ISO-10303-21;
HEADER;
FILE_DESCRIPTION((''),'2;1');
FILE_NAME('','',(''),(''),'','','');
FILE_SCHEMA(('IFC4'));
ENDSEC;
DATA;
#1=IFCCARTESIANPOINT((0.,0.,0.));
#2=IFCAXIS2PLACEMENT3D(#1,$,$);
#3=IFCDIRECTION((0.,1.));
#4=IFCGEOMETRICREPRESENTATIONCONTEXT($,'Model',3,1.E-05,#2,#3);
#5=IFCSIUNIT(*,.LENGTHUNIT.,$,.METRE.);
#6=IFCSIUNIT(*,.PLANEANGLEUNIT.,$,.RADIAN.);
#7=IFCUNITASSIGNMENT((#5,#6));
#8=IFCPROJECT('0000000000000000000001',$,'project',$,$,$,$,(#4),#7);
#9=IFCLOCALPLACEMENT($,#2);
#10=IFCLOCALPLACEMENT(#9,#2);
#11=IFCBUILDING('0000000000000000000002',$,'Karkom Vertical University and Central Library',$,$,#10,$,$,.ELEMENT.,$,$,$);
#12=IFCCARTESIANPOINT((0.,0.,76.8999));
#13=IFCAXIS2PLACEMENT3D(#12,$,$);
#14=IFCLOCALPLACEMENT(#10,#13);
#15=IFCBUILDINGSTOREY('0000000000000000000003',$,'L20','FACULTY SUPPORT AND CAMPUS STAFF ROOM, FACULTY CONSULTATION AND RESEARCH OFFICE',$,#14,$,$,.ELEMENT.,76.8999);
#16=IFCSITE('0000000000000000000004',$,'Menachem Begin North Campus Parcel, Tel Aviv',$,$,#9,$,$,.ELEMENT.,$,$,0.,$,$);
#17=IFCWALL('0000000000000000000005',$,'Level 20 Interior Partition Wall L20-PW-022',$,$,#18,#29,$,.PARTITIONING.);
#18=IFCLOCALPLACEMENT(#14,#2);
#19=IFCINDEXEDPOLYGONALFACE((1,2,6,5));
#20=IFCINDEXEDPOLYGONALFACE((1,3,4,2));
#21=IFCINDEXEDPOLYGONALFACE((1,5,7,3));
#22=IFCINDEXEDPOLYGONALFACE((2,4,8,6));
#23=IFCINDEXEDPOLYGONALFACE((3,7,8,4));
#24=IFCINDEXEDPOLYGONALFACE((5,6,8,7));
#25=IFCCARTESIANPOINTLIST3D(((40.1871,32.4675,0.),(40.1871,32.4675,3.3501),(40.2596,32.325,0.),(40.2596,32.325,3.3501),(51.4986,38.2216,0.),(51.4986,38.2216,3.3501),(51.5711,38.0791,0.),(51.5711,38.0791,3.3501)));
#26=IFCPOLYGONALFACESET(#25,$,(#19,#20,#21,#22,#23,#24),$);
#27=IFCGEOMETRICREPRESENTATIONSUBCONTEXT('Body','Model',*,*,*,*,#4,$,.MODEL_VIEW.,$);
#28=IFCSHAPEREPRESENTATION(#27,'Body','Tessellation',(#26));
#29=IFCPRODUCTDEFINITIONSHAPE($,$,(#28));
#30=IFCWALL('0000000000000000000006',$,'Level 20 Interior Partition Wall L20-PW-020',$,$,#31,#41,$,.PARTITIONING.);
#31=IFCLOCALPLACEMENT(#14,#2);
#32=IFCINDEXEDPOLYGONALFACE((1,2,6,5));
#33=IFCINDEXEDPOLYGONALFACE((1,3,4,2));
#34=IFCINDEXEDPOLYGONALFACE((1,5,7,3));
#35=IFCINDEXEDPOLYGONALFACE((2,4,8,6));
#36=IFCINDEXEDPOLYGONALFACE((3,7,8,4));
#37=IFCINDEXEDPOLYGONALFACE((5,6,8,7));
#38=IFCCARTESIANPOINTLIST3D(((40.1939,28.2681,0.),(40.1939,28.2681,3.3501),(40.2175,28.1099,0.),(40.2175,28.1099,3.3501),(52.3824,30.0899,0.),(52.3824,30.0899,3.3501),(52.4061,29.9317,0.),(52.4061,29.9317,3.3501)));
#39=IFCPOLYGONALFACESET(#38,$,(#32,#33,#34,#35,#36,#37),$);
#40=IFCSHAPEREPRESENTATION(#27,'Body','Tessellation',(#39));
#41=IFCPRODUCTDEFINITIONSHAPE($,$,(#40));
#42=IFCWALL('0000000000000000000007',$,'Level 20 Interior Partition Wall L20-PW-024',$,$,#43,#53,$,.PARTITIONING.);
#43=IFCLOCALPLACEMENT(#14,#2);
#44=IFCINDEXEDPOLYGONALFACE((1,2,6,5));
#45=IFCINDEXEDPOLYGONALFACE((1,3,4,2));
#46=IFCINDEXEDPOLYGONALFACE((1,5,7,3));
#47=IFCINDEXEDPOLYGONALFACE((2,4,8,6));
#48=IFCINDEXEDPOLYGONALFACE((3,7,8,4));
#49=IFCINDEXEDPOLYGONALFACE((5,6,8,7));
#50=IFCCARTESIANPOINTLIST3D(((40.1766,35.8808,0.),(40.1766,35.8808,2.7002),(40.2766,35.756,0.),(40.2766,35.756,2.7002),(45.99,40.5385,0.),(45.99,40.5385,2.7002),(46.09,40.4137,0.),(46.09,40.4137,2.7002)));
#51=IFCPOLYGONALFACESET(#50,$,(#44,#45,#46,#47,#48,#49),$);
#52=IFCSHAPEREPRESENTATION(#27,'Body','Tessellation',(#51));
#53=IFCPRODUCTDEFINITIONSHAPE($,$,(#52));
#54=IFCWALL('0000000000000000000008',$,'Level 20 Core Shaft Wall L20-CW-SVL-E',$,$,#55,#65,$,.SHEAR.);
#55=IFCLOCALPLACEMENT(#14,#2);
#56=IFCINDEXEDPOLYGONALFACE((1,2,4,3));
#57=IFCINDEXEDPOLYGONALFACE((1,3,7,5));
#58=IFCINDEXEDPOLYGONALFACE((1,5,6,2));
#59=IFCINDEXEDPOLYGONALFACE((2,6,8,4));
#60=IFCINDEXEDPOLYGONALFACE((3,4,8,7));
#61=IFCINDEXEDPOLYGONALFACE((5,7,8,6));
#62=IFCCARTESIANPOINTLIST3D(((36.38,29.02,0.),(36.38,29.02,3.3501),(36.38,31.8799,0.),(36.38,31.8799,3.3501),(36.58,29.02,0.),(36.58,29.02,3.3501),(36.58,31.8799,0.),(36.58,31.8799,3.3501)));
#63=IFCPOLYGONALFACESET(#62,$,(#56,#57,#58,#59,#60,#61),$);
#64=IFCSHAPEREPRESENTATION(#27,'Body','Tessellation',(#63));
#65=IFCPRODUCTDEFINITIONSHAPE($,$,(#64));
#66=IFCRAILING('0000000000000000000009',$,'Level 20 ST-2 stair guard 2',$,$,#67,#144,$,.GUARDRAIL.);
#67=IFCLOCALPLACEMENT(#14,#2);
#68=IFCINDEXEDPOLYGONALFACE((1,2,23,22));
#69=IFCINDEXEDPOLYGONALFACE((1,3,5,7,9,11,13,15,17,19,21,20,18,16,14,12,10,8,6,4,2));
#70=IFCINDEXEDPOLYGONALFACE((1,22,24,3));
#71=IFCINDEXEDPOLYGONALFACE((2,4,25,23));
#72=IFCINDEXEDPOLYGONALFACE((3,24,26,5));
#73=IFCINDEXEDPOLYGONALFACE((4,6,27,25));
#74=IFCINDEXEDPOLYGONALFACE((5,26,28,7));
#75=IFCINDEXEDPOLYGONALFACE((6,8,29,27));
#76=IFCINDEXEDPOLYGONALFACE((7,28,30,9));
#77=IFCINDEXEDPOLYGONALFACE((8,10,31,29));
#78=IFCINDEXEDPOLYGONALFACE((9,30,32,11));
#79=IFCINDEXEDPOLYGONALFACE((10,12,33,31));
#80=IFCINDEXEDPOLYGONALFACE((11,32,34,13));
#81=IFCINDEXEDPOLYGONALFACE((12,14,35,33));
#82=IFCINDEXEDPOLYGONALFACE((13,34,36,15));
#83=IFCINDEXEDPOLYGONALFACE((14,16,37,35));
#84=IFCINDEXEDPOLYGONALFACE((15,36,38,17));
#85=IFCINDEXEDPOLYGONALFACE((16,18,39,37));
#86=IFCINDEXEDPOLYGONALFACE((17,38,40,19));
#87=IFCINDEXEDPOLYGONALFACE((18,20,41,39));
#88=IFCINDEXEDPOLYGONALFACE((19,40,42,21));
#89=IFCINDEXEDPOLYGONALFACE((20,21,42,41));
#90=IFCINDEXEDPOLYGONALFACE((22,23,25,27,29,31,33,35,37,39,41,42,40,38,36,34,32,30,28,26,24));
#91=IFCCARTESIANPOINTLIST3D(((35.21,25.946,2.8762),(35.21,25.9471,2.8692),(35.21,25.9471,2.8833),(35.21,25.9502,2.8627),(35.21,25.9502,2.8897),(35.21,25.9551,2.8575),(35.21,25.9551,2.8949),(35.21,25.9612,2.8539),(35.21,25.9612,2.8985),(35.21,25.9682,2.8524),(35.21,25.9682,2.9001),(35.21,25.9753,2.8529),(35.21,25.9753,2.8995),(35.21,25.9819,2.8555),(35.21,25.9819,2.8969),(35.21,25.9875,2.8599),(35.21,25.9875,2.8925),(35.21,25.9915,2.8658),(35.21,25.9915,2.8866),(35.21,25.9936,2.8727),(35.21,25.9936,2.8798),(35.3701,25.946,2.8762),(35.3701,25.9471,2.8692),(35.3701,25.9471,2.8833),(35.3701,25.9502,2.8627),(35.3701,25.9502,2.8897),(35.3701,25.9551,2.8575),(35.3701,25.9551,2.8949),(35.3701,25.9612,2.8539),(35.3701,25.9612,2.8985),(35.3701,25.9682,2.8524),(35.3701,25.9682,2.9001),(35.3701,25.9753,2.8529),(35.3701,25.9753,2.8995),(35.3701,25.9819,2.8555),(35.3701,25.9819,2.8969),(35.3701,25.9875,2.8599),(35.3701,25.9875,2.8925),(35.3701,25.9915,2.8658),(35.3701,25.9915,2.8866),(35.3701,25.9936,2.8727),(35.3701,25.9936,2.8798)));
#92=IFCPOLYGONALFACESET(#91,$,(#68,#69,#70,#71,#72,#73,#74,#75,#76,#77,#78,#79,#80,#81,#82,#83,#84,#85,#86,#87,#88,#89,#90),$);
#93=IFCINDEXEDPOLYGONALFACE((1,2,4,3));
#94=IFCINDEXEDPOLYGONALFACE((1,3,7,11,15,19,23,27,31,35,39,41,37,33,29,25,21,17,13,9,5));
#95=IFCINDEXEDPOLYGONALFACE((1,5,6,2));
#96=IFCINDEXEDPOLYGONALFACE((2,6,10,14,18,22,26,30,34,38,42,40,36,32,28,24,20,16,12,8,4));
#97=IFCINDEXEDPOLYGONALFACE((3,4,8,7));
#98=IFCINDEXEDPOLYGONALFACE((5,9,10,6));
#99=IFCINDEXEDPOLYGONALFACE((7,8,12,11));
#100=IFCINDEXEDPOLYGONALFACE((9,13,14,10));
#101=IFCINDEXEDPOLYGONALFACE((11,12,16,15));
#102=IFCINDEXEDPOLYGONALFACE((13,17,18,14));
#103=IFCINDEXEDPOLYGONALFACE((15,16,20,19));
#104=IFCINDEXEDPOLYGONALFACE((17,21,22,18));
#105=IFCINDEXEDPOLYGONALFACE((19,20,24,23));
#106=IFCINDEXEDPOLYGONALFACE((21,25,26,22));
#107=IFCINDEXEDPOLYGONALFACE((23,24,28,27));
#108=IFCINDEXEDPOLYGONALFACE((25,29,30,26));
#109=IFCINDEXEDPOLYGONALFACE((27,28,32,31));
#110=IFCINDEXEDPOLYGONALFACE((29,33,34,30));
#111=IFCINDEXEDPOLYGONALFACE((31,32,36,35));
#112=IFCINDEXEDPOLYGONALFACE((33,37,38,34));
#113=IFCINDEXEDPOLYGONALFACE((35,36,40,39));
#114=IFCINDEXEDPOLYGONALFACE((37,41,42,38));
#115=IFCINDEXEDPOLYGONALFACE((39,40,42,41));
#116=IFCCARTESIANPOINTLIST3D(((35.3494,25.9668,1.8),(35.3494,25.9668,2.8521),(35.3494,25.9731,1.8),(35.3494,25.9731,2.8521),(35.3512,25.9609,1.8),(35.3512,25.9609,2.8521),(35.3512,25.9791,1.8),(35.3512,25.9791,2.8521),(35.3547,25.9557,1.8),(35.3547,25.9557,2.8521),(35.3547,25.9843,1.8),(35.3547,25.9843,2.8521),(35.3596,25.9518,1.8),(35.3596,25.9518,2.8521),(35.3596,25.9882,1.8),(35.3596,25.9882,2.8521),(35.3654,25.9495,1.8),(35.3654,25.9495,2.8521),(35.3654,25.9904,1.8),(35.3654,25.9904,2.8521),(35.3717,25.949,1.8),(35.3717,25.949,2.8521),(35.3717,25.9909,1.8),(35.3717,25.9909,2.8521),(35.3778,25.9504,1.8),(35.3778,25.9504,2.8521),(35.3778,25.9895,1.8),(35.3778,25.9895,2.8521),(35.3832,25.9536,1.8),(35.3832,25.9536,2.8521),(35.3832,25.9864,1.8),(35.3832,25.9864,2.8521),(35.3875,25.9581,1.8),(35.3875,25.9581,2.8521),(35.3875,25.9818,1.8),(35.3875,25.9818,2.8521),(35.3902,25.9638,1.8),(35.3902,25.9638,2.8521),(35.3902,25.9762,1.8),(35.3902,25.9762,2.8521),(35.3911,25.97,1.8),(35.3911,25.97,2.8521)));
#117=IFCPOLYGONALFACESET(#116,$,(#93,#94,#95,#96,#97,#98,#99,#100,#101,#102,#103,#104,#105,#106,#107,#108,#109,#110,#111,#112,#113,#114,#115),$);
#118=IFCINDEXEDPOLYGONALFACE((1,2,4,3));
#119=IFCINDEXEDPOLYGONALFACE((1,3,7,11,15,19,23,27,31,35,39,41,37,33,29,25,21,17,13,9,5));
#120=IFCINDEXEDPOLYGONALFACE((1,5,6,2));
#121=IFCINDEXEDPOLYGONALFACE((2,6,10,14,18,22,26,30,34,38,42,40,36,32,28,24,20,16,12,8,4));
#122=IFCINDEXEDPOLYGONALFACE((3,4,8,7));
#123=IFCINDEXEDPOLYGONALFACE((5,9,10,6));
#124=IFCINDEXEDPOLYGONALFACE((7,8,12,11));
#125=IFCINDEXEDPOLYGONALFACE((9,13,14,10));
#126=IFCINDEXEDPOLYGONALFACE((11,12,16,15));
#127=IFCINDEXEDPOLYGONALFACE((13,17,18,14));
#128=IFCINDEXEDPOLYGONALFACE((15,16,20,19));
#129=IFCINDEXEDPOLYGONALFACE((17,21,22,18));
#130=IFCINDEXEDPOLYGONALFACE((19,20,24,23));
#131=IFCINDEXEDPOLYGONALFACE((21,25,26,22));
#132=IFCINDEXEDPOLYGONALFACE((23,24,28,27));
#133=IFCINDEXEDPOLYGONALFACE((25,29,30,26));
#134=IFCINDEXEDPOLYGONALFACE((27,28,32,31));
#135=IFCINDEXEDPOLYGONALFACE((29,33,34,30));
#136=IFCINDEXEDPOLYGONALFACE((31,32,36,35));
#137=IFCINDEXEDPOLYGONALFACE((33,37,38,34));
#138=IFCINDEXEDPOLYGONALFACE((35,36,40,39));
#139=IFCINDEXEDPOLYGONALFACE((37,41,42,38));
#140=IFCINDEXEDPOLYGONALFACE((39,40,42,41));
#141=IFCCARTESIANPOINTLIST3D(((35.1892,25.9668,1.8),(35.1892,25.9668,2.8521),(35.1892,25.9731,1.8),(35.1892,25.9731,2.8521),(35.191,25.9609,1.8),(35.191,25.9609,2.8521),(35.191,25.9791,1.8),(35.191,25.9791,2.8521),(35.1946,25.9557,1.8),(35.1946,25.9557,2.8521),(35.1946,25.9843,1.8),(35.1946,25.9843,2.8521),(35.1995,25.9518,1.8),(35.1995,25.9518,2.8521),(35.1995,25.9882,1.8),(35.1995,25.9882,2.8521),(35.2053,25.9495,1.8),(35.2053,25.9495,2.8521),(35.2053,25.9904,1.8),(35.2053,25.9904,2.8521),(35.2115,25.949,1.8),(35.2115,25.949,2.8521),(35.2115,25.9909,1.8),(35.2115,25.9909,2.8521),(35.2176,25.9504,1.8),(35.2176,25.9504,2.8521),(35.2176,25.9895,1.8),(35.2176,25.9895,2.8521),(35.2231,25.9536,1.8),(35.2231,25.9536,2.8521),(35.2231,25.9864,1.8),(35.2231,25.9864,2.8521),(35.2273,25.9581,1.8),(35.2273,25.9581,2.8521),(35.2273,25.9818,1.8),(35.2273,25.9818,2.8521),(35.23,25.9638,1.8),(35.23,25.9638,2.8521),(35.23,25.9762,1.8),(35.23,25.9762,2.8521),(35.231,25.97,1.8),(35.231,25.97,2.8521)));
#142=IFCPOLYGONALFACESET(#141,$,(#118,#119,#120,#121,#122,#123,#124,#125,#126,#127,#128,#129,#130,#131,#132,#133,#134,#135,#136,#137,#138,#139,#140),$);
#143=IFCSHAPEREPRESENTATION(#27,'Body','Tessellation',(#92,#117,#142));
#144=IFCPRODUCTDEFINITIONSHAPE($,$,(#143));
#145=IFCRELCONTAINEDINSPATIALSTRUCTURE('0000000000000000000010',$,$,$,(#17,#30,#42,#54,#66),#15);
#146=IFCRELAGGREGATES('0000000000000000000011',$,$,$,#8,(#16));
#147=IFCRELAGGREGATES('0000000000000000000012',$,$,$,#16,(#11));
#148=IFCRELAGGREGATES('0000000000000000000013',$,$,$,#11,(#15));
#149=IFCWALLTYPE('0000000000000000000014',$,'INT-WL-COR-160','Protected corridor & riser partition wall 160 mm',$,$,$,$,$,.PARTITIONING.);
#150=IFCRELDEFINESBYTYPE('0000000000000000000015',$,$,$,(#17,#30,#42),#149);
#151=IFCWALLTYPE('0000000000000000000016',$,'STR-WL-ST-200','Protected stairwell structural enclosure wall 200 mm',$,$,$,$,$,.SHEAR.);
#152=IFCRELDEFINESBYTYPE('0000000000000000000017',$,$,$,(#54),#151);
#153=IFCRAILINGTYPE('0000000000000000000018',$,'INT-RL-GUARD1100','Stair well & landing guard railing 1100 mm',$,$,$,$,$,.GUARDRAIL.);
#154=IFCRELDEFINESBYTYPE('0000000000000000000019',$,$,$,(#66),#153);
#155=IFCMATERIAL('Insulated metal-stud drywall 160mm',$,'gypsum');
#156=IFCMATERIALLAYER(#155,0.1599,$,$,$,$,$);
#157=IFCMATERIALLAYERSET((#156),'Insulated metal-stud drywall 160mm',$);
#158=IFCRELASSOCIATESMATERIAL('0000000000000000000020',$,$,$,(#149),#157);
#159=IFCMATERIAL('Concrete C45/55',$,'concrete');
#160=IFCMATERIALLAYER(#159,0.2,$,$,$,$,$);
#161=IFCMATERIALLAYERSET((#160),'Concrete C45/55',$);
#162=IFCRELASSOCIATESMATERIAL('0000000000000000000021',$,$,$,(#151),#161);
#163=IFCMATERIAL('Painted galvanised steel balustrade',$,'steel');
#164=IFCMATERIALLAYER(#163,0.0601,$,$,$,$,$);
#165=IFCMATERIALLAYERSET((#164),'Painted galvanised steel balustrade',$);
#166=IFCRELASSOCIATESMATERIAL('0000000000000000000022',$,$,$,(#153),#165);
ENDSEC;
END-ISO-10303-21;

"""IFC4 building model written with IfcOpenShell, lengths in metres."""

from ifc_helpers import new_model, si_unit, direction, frame, frame_2d, origin, origin_2d, place, context, subcontext, project, spatial, rectangle, circle, extrude, material, layer, layer_set, type_object, element, save


model = new_model("IFC4")

# Units and contexts
model_context = context("Model", 3, precision=1e-05, world=origin(), true_north=direction((0.0, 1.0)))
body_context = subcontext(model_context, "Body", "Model", "MODEL_VIEW")
ifc_project = project(units=[si_unit("LENGTHUNIT", "METRE"), si_unit("PLANEANGLEUNIT", "RADIAN")], contexts=[model_context])

# Site, building, storey
site_placement = place(None, origin())
site = spatial("IfcSite", under=ifc_project, at=site_placement, Name="Menachem Begin North Campus Parcel, Tel Aviv", CompositionType="ELEMENT", RefElevation=0.0)
building_placement = place(site_placement, origin())
building = spatial("IfcBuilding", under=site, at=building_placement, Name="Karkom Vertical University and Central Library", CompositionType="ELEMENT")
storey_placement = place(building_placement, frame((0.0, 0.0, 76.8999)))
storey = spatial("IfcBuildingStorey", under=building, at=storey_placement, Name="L20", Description="FACULTY SUPPORT AND CAMPUS STAFF ROOM, FACULTY CONSULTATION AND RESEARCH OFFICE", CompositionType="ELEMENT", Elevation=76.8999)

# Walls
ifc_material_1 = material(Name="Insulated metal-stud drywall 160mm", Category="gypsum")
ifc_layer_1 = layer(ifc_material_1, 0.1599)
ifc_layer_set_1 = layer_set([ifc_layer_1], Name="Insulated metal-stud drywall 160mm")
wall_type_1 = type_object("IfcWallType", Name="INT-WL-COR-160", Description="Protected corridor & riser partition wall 160 mm", PredefinedType="PARTITIONING", material=ifc_layer_set_1)
wall_1_placement = place(storey_placement, frame((40.2234, 32.3962, 0.0), z_axis=(0.0, 0.0, 1.0), x_axis=(0.891305, 0.453405, 0.0)))
element("IfcWall", 1, at=wall_1_placement, inside=storey, type_object=wall_type_1, Name="Level 20 Interior Partition Wall L20-PW-022", PredefinedType="PARTITIONING", context=body_context, shape_type="SweptSolid", body=[
    extrude(rectangle(XDim=12.6909, YDim=0.1599, at=frame_2d((6.3455, 0.0))), origin(), (0.0, 0.0, 1.0), 3.3501),
])
wall_2_placement = place(storey_placement, frame((40.2056, 28.189, 0.0), z_axis=(0.0, 0.0, 1.0), x_axis=(0.989014, 0.147825, 0.0)))
element("IfcWall", 2, at=wall_2_placement, inside=storey, type_object=wall_type_1, Name="Level 20 Interior Partition Wall L20-PW-020", PredefinedType="PARTITIONING", context=body_context, shape_type="SweptSolid", body=[
    extrude(rectangle(XDim=12.324, YDim=0.1599, at=frame_2d((6.1621, 0.0))), origin(), (0.0, 0.0, 1.0), 3.3501),
])
wall_3_placement = place(storey_placement, frame((40.2266, 35.8184, 0.0), z_axis=(0.0, 0.0, 1.0), x_axis=(0.780415, 0.625262, 0.0)))
element("IfcWall", 3, at=wall_3_placement, inside=storey, type_object=wall_type_1, Name="Level 20 Interior Partition Wall L20-PW-024", PredefinedType="PARTITIONING", context=body_context, shape_type="SweptSolid", body=[
    extrude(rectangle(XDim=7.4492, YDim=0.1599, at=frame_2d((3.7246, 0.0))), origin(), (0.0, 0.0, 1.0), 2.7002),
])

# Wall
ifc_material_2 = material(Name="Concrete C45/55", Category="concrete")
ifc_layer_2 = layer(ifc_material_2, 0.2)
ifc_layer_set_2 = layer_set([ifc_layer_2], Name="Concrete C45/55")
wall_type_2 = type_object("IfcWallType", Name="STR-WL-ST-200", Description="Protected stairwell structural enclosure wall 200 mm", PredefinedType="SHEAR", material=ifc_layer_set_2)
wall_4_placement = place(storey_placement, frame((36.48, 29.02, 0.0), z_axis=(0.0, 0.0, 1.0), x_axis=(0.0, 1.0, 0.0)))
element("IfcWall", 4, at=wall_4_placement, inside=storey, type_object=wall_type_2, Name="Level 20 Core Shaft Wall L20-CW-SVL-E", PredefinedType="SHEAR", context=body_context, shape_type="SweptSolid", body=[
    extrude(rectangle(XDim=2.8599, YDim=0.2, at=frame_2d((1.4299, 0.0))), origin(), (0.0, 0.0, 1.0), 3.3501),
])

# Railing
ifc_material_3 = material(Name="Painted galvanised steel balustrade", Category="steel")
ifc_layer_3 = layer(ifc_material_3, 0.0601)
ifc_layer_set_3 = layer_set([ifc_layer_3], Name="Painted galvanised steel balustrade")
railing_type = type_object("IfcRailingType", Name="INT-RL-GUARD1100", Description="Stair well & landing guard railing 1100 mm", PredefinedType="GUARDRAIL", material=ifc_layer_set_3)
railing_1_placement = place(storey_placement, frame((35.3701, 25.97, 1.8)))
element("IfcRailing", 5, at=railing_1_placement, inside=storey, type_object=railing_type, Name="Level 20 ST-2 stair guard 2", PredefinedType="GUARDRAIL", context=body_context, shape_type="SweptSolid", body=[
    extrude(circle(Radius=0.0239, at=origin_2d()), frame((0.0, 0.0, 1.0762), z_axis=(-1.0, 0.0, 0.0), x_axis=(0.0, -1.0, 0.0)), (0.0, 0.0, 1.0), 0.1602),
    extrude(circle(Radius=0.021, at=origin_2d()), origin(), (0.0, 0.0, 1.0), 1.052),
    extrude(circle(Radius=0.021, at=origin_2d()), frame((-0.1602, 0.0, 0.0)), (0.0, 0.0, 1.0), 1.052),
])

save(model, "model.ifc")
